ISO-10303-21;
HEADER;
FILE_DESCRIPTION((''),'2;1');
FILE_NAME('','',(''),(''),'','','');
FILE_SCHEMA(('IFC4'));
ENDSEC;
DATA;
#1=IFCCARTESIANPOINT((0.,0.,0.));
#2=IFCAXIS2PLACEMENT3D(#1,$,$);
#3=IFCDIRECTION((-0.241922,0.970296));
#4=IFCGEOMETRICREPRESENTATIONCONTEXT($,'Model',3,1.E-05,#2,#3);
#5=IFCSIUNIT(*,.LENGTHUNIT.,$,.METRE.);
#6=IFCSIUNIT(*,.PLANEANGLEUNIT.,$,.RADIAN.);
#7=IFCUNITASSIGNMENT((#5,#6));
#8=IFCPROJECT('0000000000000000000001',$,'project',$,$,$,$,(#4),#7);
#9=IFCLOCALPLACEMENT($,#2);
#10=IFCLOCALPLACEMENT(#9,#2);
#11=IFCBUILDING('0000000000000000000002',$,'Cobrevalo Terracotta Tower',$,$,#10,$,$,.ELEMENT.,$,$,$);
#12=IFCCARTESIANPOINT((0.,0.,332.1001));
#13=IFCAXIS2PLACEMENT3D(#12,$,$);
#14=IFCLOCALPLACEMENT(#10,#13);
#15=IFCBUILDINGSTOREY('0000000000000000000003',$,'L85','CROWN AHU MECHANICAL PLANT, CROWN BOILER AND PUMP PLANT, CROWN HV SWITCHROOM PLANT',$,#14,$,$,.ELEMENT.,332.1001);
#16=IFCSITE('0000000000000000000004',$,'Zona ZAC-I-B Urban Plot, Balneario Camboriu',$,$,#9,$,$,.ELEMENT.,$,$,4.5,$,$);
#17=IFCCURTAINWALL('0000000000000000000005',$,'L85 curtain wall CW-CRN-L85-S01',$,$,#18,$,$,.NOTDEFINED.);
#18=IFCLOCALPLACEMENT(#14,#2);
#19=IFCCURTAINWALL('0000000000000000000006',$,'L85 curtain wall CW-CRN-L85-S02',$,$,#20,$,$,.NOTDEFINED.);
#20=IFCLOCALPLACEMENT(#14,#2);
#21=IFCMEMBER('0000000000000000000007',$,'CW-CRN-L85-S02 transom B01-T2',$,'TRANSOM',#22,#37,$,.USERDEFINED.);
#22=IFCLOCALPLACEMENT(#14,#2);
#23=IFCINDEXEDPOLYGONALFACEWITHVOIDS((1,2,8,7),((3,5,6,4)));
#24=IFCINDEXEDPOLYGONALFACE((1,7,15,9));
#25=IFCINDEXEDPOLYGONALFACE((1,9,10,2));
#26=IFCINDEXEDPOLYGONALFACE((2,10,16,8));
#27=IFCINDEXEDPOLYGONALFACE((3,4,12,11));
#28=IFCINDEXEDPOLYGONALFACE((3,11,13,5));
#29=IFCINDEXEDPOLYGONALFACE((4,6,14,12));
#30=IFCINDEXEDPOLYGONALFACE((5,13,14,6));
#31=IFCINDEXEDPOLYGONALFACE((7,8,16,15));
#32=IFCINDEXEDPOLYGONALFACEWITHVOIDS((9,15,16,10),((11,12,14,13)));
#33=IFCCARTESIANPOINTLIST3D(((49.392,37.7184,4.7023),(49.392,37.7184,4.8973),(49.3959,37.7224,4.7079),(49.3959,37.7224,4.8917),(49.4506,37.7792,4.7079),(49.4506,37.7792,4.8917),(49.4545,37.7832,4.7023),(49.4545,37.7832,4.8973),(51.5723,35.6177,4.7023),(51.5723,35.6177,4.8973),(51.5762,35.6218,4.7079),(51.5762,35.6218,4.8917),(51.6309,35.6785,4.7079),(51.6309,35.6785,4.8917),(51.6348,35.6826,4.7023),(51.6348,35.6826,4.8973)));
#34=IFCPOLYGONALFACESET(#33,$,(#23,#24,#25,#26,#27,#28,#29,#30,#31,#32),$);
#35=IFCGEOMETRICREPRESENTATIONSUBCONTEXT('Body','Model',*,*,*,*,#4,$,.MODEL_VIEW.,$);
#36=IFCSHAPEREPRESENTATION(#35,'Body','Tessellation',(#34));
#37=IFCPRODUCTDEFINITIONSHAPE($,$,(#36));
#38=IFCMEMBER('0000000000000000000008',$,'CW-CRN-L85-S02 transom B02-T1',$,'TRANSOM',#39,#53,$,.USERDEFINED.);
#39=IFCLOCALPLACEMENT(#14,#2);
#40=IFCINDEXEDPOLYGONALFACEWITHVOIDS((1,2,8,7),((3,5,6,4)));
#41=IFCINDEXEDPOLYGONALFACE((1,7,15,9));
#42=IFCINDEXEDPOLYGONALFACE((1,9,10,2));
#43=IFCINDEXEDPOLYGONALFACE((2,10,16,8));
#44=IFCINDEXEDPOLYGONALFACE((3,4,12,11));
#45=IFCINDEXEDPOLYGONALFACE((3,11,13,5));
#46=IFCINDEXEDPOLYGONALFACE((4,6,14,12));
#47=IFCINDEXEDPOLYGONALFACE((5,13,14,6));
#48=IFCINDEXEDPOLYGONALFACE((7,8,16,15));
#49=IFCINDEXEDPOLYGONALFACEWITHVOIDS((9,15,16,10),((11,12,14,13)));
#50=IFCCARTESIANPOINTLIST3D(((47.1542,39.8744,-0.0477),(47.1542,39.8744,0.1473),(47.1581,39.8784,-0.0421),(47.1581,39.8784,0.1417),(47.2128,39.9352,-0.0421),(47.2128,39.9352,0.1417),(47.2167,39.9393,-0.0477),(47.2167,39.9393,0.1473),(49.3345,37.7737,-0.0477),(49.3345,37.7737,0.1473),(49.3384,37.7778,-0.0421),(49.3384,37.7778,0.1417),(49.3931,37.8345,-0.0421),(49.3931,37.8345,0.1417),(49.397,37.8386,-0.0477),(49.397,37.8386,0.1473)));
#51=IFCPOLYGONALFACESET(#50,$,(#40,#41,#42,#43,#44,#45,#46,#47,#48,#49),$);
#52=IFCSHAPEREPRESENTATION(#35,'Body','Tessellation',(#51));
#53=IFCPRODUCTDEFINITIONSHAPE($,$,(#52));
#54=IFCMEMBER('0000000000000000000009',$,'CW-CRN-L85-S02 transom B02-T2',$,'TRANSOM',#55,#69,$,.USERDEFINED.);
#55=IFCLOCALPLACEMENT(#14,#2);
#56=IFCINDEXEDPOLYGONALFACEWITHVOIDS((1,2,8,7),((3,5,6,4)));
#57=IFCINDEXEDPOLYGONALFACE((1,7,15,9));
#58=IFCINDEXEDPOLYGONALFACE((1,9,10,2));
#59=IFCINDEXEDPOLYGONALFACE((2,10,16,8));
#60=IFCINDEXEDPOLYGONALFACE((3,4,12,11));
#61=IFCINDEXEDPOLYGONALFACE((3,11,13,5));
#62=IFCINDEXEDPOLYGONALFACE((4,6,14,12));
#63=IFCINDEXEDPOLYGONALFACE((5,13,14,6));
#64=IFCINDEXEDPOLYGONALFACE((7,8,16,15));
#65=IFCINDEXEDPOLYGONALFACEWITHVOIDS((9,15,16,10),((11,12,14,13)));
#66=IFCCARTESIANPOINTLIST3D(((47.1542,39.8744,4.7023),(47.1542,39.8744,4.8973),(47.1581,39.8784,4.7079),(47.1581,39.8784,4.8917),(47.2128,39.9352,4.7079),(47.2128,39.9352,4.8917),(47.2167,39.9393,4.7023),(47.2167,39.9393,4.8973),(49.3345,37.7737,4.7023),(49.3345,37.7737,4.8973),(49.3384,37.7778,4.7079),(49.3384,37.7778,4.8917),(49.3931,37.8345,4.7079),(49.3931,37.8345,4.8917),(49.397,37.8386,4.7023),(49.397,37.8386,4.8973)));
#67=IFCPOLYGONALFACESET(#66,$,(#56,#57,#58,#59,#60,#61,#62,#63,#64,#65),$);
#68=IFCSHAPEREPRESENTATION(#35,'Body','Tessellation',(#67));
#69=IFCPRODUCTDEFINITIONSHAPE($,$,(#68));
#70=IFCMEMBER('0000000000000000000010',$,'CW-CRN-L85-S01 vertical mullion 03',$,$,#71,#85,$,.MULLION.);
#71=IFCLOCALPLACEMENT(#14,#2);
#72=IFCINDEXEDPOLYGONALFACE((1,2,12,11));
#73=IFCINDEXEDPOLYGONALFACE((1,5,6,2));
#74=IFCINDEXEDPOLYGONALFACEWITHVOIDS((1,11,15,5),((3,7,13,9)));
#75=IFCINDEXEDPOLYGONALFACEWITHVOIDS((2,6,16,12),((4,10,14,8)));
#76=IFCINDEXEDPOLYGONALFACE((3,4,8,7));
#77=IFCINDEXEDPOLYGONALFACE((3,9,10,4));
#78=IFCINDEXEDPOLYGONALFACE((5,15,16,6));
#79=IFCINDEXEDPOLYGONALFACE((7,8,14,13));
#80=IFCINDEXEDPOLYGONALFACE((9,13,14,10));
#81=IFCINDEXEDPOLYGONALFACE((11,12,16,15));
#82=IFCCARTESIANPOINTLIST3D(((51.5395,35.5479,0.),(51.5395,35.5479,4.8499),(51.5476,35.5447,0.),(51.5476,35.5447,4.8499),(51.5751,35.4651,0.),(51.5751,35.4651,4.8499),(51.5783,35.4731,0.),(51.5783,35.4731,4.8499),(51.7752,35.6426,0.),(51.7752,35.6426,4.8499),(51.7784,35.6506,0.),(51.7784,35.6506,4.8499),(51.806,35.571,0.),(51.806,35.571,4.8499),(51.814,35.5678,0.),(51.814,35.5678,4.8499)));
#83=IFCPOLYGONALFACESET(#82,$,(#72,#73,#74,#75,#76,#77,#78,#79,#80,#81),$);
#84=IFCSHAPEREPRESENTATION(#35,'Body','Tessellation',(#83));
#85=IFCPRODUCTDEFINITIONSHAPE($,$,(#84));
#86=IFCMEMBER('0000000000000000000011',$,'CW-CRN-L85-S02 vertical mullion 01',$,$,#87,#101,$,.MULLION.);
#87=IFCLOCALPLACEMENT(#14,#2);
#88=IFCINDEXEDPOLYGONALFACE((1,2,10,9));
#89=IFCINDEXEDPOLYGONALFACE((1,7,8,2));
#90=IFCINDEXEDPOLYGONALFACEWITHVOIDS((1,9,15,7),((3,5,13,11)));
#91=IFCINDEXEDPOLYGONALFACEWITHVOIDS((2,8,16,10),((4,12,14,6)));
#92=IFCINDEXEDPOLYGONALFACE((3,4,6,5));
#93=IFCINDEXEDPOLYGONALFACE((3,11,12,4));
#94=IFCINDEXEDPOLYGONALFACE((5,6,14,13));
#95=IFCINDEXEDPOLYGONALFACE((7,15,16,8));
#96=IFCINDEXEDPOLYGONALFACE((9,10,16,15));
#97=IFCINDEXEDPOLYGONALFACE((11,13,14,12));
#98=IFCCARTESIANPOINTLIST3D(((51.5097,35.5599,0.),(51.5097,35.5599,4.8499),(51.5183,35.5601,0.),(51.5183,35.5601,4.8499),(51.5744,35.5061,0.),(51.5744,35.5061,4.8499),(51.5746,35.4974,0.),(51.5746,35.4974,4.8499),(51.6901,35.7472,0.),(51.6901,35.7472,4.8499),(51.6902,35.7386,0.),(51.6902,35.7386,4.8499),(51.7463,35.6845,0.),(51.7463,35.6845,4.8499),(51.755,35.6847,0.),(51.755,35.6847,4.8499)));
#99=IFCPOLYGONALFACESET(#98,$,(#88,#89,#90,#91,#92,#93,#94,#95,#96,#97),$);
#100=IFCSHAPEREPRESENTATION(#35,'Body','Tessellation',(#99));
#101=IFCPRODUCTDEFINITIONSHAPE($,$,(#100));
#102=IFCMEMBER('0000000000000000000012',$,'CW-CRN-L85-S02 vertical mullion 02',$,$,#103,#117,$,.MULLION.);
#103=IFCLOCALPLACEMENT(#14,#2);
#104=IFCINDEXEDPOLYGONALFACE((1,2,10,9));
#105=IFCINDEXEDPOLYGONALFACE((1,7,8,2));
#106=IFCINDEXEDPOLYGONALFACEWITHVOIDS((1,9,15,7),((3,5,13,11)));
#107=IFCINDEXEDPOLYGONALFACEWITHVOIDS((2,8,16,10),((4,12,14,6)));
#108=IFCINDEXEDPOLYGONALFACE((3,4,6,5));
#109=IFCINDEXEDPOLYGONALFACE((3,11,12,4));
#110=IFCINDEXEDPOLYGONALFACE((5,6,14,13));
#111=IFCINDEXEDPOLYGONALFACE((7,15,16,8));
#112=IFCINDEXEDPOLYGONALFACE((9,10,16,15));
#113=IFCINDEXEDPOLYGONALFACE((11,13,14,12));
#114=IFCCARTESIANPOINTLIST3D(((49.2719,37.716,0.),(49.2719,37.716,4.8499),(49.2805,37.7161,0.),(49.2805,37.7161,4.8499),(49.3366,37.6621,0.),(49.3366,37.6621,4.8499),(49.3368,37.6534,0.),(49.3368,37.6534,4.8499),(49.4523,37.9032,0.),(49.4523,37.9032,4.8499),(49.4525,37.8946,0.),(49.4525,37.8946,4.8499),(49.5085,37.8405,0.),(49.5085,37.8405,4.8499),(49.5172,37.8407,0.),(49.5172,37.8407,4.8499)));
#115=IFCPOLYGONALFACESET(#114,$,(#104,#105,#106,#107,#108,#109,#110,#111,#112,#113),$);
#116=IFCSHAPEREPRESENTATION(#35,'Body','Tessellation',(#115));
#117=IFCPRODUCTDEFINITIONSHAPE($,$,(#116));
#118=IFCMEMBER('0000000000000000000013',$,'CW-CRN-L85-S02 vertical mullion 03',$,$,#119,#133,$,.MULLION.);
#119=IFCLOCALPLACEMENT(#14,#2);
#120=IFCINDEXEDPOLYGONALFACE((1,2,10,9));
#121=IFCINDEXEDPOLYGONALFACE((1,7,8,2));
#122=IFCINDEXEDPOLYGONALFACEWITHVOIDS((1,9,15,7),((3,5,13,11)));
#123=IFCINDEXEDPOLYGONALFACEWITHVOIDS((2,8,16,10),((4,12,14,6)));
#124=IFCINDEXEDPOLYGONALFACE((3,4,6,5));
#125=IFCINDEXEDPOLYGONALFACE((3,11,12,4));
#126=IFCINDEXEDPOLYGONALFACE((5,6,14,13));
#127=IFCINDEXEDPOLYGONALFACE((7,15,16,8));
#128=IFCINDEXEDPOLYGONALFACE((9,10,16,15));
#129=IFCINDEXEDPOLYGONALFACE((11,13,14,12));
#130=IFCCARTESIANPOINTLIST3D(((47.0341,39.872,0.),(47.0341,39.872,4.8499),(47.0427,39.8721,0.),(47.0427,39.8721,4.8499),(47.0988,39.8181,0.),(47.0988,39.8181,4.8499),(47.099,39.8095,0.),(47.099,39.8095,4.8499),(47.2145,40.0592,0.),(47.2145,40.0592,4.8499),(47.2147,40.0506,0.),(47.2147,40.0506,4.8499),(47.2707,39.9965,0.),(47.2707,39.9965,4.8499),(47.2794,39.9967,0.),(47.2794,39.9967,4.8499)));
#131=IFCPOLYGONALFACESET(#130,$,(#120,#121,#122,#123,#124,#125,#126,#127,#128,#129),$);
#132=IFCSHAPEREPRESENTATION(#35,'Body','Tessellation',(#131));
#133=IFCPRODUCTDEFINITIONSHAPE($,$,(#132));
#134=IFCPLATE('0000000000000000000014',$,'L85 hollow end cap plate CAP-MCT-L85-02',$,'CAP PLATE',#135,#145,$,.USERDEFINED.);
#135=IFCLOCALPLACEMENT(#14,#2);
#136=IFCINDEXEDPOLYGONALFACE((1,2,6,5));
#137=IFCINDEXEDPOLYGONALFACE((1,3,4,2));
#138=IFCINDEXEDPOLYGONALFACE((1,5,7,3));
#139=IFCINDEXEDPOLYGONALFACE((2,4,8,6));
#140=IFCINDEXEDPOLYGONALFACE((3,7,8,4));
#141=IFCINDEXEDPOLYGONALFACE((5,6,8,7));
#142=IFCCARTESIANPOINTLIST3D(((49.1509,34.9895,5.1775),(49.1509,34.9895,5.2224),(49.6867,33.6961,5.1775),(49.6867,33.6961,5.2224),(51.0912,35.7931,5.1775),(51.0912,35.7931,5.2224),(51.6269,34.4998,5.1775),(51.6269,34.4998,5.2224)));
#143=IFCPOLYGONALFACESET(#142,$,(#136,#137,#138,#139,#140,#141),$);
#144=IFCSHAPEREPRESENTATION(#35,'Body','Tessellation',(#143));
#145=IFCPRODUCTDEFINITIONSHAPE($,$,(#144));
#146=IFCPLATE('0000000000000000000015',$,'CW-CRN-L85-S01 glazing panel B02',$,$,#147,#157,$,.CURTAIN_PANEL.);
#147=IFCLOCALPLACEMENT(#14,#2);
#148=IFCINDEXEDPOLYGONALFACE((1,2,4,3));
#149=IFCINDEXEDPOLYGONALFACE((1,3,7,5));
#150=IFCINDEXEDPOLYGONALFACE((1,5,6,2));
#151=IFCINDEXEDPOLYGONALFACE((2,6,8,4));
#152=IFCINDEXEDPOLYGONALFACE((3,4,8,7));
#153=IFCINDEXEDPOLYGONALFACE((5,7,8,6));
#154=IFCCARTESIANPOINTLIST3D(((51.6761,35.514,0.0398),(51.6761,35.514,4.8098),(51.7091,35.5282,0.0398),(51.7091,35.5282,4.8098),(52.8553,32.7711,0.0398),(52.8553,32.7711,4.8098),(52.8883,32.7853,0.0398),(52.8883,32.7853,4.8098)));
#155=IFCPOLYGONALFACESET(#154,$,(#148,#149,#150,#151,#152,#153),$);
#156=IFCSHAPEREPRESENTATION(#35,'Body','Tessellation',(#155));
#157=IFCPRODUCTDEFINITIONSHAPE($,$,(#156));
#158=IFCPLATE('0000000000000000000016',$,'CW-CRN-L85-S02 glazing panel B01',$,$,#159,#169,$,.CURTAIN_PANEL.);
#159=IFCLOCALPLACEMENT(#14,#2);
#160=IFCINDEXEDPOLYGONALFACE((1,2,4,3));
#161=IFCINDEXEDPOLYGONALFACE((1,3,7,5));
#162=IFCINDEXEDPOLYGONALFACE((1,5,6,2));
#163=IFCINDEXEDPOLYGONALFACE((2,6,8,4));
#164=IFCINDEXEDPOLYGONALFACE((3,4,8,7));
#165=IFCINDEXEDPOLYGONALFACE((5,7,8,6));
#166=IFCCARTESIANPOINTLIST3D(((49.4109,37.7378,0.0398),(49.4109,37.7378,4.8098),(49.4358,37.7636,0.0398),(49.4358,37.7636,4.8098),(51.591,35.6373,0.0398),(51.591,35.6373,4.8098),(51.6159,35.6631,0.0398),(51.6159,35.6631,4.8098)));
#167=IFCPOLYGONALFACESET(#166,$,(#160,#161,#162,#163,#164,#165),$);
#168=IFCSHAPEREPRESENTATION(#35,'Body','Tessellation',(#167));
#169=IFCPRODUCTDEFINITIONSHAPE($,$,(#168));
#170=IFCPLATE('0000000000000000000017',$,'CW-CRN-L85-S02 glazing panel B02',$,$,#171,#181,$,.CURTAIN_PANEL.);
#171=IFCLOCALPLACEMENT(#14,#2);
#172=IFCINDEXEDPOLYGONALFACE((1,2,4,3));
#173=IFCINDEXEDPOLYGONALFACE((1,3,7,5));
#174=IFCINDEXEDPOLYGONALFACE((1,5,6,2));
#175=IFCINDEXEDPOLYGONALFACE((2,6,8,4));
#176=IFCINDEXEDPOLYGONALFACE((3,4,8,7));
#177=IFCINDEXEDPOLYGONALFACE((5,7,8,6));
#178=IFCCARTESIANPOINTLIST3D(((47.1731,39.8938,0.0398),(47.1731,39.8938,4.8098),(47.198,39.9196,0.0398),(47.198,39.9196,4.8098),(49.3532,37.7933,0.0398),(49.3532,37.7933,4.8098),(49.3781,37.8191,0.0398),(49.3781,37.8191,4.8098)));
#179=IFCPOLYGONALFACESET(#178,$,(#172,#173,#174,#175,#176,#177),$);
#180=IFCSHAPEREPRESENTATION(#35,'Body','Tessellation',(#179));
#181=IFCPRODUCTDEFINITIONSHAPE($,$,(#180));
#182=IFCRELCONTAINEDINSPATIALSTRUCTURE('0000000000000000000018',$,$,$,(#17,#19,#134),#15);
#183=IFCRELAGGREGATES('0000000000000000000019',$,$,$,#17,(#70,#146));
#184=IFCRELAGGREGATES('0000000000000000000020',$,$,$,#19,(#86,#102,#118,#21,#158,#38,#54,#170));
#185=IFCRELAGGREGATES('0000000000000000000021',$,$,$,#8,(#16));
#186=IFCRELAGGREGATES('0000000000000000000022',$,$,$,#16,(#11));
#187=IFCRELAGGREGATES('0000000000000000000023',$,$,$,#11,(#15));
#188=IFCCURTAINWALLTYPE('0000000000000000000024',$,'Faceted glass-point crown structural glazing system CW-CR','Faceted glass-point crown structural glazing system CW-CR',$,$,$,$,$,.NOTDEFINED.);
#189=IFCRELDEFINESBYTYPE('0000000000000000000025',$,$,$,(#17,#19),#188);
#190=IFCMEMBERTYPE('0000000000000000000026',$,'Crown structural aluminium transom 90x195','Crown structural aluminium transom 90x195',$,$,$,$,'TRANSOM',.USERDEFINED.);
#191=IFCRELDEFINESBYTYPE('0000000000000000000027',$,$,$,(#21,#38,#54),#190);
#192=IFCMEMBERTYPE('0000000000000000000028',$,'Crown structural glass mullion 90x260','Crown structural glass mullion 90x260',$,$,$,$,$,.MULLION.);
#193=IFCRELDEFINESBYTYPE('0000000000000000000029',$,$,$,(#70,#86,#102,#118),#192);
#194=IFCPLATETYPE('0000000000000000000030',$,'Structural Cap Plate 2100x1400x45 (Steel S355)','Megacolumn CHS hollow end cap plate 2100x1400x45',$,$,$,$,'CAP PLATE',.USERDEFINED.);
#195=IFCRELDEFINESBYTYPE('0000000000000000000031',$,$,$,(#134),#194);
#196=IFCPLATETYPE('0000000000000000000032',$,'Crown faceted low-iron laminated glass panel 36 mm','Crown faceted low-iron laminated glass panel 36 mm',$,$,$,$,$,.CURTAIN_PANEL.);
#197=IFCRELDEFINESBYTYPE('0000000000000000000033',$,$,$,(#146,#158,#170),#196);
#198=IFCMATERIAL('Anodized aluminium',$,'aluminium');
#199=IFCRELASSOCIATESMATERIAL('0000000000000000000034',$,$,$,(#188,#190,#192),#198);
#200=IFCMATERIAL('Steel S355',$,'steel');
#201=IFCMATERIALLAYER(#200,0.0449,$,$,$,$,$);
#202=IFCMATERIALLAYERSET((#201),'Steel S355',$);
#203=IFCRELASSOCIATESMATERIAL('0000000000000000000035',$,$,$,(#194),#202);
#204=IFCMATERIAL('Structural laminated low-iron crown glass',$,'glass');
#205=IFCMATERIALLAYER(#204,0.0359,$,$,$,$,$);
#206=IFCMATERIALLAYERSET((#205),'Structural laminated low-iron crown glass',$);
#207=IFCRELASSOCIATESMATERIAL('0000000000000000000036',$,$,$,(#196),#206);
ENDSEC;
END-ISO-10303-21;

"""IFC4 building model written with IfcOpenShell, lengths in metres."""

from ifc_helpers import new_model, si_unit, direction, frame, origin, origin_2d, place, context, subcontext, project, spatial, rectangle, hollow_rectangle, extrude, source, transform, mapped, material, layer, layer_set, material_profile, profile_set, type_object, element, aggregate, save


model = new_model("IFC4")

# Units and contexts
model_context = context("Model", 3, precision=1e-05, world=origin(), true_north=direction((-0.241922, 0.970296)))
body_context = subcontext(model_context, "Body", "Model", "MODEL_VIEW")
ifc_project = project(units=[si_unit("LENGTHUNIT", "METRE"), si_unit("PLANEANGLEUNIT", "RADIAN")], contexts=[model_context])

# Site, building, storey
site_placement = place(None, origin())
site = spatial("IfcSite", under=ifc_project, at=site_placement, Name="Zona ZAC-I-B Urban Plot, Balneario Camboriu", CompositionType="ELEMENT", RefElevation=4.5)
building_placement = place(site_placement, origin())
building = spatial("IfcBuilding", under=site, at=building_placement, Name="Cobrevalo Terracotta Tower", CompositionType="ELEMENT")
storey_placement = place(building_placement, frame((0.0, 0.0, 332.1001)))
storey = spatial("IfcBuildingStorey", under=building, at=storey_placement, Name="L85", Description="CROWN AHU MECHANICAL PLANT, CROWN BOILER AND PUMP PLANT, CROWN HV SWITCHROOM PLANT", CompositionType="ELEMENT", Elevation=332.1001)

# Shared definitions
ifc_material_1 = material(Name="Steel S355", Category="steel")

# Curtain wall
ifc_material_2 = material(Name="Anodized aluminium", Category="aluminium")
curtain_wall_type = type_object("IfcCurtainWallType", Name="Faceted glass-point crown structural glazing system CW-CR", Description="Faceted glass-point crown structural glazing system CW-CR", PredefinedType="NOTDEFINED", material=ifc_material_2)
curtain_wall_1_placement = place(storey_placement, origin())
curtain_wall_1 = element("IfcCurtainWall", 1, at=curtain_wall_1_placement, inside=storey, type_object=curtain_wall_type, Name="L85 curtain wall CW-CRN-L85-S01", PredefinedType="NOTDEFINED")
ifc_material_profile_1 = material_profile(ifc_material_2, hollow_rectangle(XDim=0.0901, YDim=0.1951, WallThickness=0.0056, at=origin_2d()), Name="CWT 90x195")
ifc_profile_set_1 = profile_set([ifc_material_profile_1], Name="Anodized aluminium")
member_type_1 = type_object("IfcMemberType", Name="Crown structural aluminium transom 90x195", Description="Crown structural aluminium transom 90x195", ElementType="TRANSOM", PredefinedType="USERDEFINED", material=ifc_profile_set_1)

# Curtain wall, members
curtain_wall_2_placement = place(storey_placement, origin())
curtain_wall_2 = element("IfcCurtainWall", 2, at=curtain_wall_2_placement, inside=storey, type_object=curtain_wall_type, Name="L85 curtain wall CW-CRN-L85-S02", PredefinedType="NOTDEFINED")
shared_shape_1 = source(origin(), body_context, "Body", "SweptSolid", [
    extrude(hollow_rectangle(XDim=0.0901, YDim=0.1951, WallThickness=0.0056, at=origin_2d()), origin(), (0.0, 0.0, 1.0), 3.0276),
])
member_1_placement = place(storey_placement, frame((51.6035, 35.6501, 4.7998), z_axis=(-0.720129, 0.69384, 0.0), x_axis=(-0.69384, -0.720129, 0.0)))
member_1 = element("IfcMember", 3, at=member_1_placement, type_object=member_type_1, Name="CW-CRN-L85-S02 transom B01-T2", ObjectType="TRANSOM", PredefinedType="USERDEFINED", context=body_context, shape_type="MappedRepresentation", body=[
    mapped(shared_shape_1, transform((0.0, 0.0, 0.0), scale=1.0)),
])
member_2_placement = place(storey_placement, frame((49.3657, 37.8062, 0.0498), z_axis=(-0.720129, 0.69384, 0.0), x_axis=(-0.69384, -0.720129, 0.0)))
member_2 = element("IfcMember", 4, at=member_2_placement, type_object=member_type_1, Name="CW-CRN-L85-S02 transom B02-T1", ObjectType="TRANSOM", PredefinedType="USERDEFINED", context=body_context, shape_type="MappedRepresentation", body=[
    mapped(shared_shape_1, transform((0.0, 0.0, 0.0), scale=1.0)),
])
member_3_placement = place(storey_placement, frame((49.3657, 37.8062, 4.7998), z_axis=(-0.720129, 0.69384, 0.0), x_axis=(-0.69384, -0.720129, 0.0)))
member_3 = element("IfcMember", 5, at=member_3_placement, type_object=member_type_1, Name="CW-CRN-L85-S02 transom B02-T2", ObjectType="TRANSOM", PredefinedType="USERDEFINED", context=body_context, shape_type="MappedRepresentation", body=[
    mapped(shared_shape_1, transform((0.0, 0.0, 0.0), scale=1.0)),
])

# Members
ifc_material_profile_2 = material_profile(ifc_material_2, hollow_rectangle(XDim=0.0901, YDim=0.26, WallThickness=0.0061, at=origin_2d()), Name="CWM 90x260")
ifc_profile_set_2 = profile_set([ifc_material_profile_2], Name="Anodized aluminium")
member_type_2 = type_object("IfcMemberType", Name="Crown structural glass mullion 90x260", Description="Crown structural glass mullion 90x260", PredefinedType="MULLION", material=ifc_profile_set_2)
shared_shape_2 = source(origin(), body_context, "Body", "SweptSolid", [
    extrude(hollow_rectangle(XDim=0.0901, YDim=0.26, WallThickness=0.0061, at=origin_2d()), origin(), (0.0, 0.0, 1.0), 4.8499),
])
member_4_placement = place(storey_placement, frame((51.6768, 35.5579, 0.0), z_axis=(0.0, 0.0, 1.0), x_axis=(-0.394968, 0.918695, 0.0)))
member_4 = element("IfcMember", 6, at=member_4_placement, type_object=member_type_2, Name="CW-CRN-L85-S01 vertical mullion 03", PredefinedType="MULLION", context=body_context, shape_type="MappedRepresentation", body=[
    mapped(shared_shape_2, transform((0.0, 0.0, 0.0), scale=1.0)),
])
member_5_placement = place(storey_placement, frame((51.6323, 35.6223, 0.0), z_axis=(0.0, 0.0, 1.0), x_axis=(-0.72014, 0.693829, 0.0)))
member_5 = element("IfcMember", 7, at=member_5_placement, type_object=member_type_2, Name="CW-CRN-L85-S02 vertical mullion 01", PredefinedType="MULLION", context=body_context, shape_type="MappedRepresentation", body=[
    mapped(shared_shape_2, transform((0.0, 0.0, 0.0), scale=1.0)),
])
member_6_placement = place(storey_placement, frame((49.3945, 37.7783, 0.0), z_axis=(0.0, 0.0, 1.0), x_axis=(-0.72014, 0.693829, 0.0)))
member_6 = element("IfcMember", 8, at=member_6_placement, type_object=member_type_2, Name="CW-CRN-L85-S02 vertical mullion 02", PredefinedType="MULLION", context=body_context, shape_type="MappedRepresentation", body=[
    mapped(shared_shape_2, transform((0.0, 0.0, 0.0), scale=1.0)),
])
member_7_placement = place(storey_placement, frame((47.1567, 39.9343, 0.0), z_axis=(0.0, 0.0, 1.0), x_axis=(-0.72014, 0.693829, 0.0)))
member_7 = element("IfcMember", 9, at=member_7_placement, type_object=member_type_2, Name="CW-CRN-L85-S02 vertical mullion 03", PredefinedType="MULLION", context=body_context, shape_type="MappedRepresentation", body=[
    mapped(shared_shape_2, transform((0.0, 0.0, 0.0), scale=1.0)),
])

# Plates
ifc_layer_1 = layer(ifc_material_1, 0.0449)
ifc_layer_set_1 = layer_set([ifc_layer_1], Name="Steel S355")
plate_type_1 = type_object("IfcPlateType", Name="Structural Cap Plate 2100x1400x45 (Steel S355)", Description="Megacolumn CHS hollow end cap plate 2100x1400x45", ElementType="CAP PLATE", PredefinedType="USERDEFINED", material=ifc_layer_set_1)
shared_shape_3 = source(origin(), body_context, "Body", "SweptSolid", [
    extrude(rectangle(XDim=2.1001, YDim=1.3999, at=origin_2d()), origin(), (0.0, 0.0, 1.0), 0.0449),
])
plate_1_placement = place(storey_placement, frame((50.3889, 34.7446, 5.1775), z_axis=(0.0, 0.0, 1.0), x_axis=(0.92388, 0.382683, 0.0)))
element("IfcPlate", 10, at=plate_1_placement, inside=storey, type_object=plate_type_1, Name="L85 hollow end cap plate CAP-MCT-L85-02", ObjectType="CAP PLATE", PredefinedType="USERDEFINED", context=body_context, shape_type="MappedRepresentation", body=[
    mapped(shared_shape_3, transform((0.0, 0.0, 0.0), scale=1.0)),
])
ifc_material_3 = material(Name="Structural laminated low-iron crown glass", Category="glass")
ifc_layer_2 = layer(ifc_material_3, 0.0359)
ifc_layer_set_2 = layer_set([ifc_layer_2], Name="Structural laminated low-iron crown glass")
plate_type_2 = type_object("IfcPlateType", Name="Crown faceted low-iron laminated glass panel 36 mm", Description="Crown faceted low-iron laminated glass panel 36 mm", PredefinedType="CURTAIN_PANEL", material=ifc_layer_set_2)
shared_shape_4 = source(origin(), body_context, "Body", "SweptSolid", [
    extrude(rectangle(XDim=2.9856, YDim=0.0359, at=origin_2d()), origin(), (0.0, 0.0, 1.0), 4.77),
])
plate_2_placement = place(storey_placement, frame((52.2822, 34.1497, 0.0398), z_axis=(0.0, 0.0, 1.0), x_axis=(-0.39496, 0.918698, 0.0)))
plate_2 = element("IfcPlate", 11, at=plate_2_placement, type_object=plate_type_2, Name="CW-CRN-L85-S01 glazing panel B02", PredefinedType="CURTAIN_PANEL", context=body_context, shape_type="MappedRepresentation", body=[
    mapped(shared_shape_4, transform((0.0, 0.0, 0.0), scale=1.0)),
])
aggregate(curtain_wall_1, [member_4, plate_2])
shared_shape_5 = source(origin(), body_context, "Body", "SweptSolid", [
    extrude(rectangle(XDim=3.0273, YDim=0.0359, at=origin_2d()), origin(), (0.0, 0.0, 1.0), 4.77),
])
plate_3_placement = place(storey_placement, frame((50.5134, 36.7004, 0.0398), z_axis=(0.0, 0.0, 1.0), x_axis=(-0.720133, 0.693836, 0.0)))
plate_3 = element("IfcPlate", 12, at=plate_3_placement, type_object=plate_type_2, Name="CW-CRN-L85-S02 glazing panel B01", PredefinedType="CURTAIN_PANEL", context=body_context, shape_type="MappedRepresentation", body=[
    mapped(shared_shape_5, transform((0.0, 0.0, 0.0), scale=1.0)),
])
plate_4_placement = place(storey_placement, frame((48.2756, 38.8564, 0.0398), z_axis=(0.0, 0.0, 1.0), x_axis=(-0.720133, 0.693836, 0.0)))
plate_4 = element("IfcPlate", 13, at=plate_4_placement, type_object=plate_type_2, Name="CW-CRN-L85-S02 glazing panel B02", PredefinedType="CURTAIN_PANEL", context=body_context, shape_type="MappedRepresentation", body=[
    mapped(shared_shape_5, transform((0.0, 0.0, 0.0), scale=1.0)),
])
aggregate(curtain_wall_2, [member_5, member_6, member_7, member_1, plate_3, member_2, member_3, plate_4])

save(model, "model.ifc")
